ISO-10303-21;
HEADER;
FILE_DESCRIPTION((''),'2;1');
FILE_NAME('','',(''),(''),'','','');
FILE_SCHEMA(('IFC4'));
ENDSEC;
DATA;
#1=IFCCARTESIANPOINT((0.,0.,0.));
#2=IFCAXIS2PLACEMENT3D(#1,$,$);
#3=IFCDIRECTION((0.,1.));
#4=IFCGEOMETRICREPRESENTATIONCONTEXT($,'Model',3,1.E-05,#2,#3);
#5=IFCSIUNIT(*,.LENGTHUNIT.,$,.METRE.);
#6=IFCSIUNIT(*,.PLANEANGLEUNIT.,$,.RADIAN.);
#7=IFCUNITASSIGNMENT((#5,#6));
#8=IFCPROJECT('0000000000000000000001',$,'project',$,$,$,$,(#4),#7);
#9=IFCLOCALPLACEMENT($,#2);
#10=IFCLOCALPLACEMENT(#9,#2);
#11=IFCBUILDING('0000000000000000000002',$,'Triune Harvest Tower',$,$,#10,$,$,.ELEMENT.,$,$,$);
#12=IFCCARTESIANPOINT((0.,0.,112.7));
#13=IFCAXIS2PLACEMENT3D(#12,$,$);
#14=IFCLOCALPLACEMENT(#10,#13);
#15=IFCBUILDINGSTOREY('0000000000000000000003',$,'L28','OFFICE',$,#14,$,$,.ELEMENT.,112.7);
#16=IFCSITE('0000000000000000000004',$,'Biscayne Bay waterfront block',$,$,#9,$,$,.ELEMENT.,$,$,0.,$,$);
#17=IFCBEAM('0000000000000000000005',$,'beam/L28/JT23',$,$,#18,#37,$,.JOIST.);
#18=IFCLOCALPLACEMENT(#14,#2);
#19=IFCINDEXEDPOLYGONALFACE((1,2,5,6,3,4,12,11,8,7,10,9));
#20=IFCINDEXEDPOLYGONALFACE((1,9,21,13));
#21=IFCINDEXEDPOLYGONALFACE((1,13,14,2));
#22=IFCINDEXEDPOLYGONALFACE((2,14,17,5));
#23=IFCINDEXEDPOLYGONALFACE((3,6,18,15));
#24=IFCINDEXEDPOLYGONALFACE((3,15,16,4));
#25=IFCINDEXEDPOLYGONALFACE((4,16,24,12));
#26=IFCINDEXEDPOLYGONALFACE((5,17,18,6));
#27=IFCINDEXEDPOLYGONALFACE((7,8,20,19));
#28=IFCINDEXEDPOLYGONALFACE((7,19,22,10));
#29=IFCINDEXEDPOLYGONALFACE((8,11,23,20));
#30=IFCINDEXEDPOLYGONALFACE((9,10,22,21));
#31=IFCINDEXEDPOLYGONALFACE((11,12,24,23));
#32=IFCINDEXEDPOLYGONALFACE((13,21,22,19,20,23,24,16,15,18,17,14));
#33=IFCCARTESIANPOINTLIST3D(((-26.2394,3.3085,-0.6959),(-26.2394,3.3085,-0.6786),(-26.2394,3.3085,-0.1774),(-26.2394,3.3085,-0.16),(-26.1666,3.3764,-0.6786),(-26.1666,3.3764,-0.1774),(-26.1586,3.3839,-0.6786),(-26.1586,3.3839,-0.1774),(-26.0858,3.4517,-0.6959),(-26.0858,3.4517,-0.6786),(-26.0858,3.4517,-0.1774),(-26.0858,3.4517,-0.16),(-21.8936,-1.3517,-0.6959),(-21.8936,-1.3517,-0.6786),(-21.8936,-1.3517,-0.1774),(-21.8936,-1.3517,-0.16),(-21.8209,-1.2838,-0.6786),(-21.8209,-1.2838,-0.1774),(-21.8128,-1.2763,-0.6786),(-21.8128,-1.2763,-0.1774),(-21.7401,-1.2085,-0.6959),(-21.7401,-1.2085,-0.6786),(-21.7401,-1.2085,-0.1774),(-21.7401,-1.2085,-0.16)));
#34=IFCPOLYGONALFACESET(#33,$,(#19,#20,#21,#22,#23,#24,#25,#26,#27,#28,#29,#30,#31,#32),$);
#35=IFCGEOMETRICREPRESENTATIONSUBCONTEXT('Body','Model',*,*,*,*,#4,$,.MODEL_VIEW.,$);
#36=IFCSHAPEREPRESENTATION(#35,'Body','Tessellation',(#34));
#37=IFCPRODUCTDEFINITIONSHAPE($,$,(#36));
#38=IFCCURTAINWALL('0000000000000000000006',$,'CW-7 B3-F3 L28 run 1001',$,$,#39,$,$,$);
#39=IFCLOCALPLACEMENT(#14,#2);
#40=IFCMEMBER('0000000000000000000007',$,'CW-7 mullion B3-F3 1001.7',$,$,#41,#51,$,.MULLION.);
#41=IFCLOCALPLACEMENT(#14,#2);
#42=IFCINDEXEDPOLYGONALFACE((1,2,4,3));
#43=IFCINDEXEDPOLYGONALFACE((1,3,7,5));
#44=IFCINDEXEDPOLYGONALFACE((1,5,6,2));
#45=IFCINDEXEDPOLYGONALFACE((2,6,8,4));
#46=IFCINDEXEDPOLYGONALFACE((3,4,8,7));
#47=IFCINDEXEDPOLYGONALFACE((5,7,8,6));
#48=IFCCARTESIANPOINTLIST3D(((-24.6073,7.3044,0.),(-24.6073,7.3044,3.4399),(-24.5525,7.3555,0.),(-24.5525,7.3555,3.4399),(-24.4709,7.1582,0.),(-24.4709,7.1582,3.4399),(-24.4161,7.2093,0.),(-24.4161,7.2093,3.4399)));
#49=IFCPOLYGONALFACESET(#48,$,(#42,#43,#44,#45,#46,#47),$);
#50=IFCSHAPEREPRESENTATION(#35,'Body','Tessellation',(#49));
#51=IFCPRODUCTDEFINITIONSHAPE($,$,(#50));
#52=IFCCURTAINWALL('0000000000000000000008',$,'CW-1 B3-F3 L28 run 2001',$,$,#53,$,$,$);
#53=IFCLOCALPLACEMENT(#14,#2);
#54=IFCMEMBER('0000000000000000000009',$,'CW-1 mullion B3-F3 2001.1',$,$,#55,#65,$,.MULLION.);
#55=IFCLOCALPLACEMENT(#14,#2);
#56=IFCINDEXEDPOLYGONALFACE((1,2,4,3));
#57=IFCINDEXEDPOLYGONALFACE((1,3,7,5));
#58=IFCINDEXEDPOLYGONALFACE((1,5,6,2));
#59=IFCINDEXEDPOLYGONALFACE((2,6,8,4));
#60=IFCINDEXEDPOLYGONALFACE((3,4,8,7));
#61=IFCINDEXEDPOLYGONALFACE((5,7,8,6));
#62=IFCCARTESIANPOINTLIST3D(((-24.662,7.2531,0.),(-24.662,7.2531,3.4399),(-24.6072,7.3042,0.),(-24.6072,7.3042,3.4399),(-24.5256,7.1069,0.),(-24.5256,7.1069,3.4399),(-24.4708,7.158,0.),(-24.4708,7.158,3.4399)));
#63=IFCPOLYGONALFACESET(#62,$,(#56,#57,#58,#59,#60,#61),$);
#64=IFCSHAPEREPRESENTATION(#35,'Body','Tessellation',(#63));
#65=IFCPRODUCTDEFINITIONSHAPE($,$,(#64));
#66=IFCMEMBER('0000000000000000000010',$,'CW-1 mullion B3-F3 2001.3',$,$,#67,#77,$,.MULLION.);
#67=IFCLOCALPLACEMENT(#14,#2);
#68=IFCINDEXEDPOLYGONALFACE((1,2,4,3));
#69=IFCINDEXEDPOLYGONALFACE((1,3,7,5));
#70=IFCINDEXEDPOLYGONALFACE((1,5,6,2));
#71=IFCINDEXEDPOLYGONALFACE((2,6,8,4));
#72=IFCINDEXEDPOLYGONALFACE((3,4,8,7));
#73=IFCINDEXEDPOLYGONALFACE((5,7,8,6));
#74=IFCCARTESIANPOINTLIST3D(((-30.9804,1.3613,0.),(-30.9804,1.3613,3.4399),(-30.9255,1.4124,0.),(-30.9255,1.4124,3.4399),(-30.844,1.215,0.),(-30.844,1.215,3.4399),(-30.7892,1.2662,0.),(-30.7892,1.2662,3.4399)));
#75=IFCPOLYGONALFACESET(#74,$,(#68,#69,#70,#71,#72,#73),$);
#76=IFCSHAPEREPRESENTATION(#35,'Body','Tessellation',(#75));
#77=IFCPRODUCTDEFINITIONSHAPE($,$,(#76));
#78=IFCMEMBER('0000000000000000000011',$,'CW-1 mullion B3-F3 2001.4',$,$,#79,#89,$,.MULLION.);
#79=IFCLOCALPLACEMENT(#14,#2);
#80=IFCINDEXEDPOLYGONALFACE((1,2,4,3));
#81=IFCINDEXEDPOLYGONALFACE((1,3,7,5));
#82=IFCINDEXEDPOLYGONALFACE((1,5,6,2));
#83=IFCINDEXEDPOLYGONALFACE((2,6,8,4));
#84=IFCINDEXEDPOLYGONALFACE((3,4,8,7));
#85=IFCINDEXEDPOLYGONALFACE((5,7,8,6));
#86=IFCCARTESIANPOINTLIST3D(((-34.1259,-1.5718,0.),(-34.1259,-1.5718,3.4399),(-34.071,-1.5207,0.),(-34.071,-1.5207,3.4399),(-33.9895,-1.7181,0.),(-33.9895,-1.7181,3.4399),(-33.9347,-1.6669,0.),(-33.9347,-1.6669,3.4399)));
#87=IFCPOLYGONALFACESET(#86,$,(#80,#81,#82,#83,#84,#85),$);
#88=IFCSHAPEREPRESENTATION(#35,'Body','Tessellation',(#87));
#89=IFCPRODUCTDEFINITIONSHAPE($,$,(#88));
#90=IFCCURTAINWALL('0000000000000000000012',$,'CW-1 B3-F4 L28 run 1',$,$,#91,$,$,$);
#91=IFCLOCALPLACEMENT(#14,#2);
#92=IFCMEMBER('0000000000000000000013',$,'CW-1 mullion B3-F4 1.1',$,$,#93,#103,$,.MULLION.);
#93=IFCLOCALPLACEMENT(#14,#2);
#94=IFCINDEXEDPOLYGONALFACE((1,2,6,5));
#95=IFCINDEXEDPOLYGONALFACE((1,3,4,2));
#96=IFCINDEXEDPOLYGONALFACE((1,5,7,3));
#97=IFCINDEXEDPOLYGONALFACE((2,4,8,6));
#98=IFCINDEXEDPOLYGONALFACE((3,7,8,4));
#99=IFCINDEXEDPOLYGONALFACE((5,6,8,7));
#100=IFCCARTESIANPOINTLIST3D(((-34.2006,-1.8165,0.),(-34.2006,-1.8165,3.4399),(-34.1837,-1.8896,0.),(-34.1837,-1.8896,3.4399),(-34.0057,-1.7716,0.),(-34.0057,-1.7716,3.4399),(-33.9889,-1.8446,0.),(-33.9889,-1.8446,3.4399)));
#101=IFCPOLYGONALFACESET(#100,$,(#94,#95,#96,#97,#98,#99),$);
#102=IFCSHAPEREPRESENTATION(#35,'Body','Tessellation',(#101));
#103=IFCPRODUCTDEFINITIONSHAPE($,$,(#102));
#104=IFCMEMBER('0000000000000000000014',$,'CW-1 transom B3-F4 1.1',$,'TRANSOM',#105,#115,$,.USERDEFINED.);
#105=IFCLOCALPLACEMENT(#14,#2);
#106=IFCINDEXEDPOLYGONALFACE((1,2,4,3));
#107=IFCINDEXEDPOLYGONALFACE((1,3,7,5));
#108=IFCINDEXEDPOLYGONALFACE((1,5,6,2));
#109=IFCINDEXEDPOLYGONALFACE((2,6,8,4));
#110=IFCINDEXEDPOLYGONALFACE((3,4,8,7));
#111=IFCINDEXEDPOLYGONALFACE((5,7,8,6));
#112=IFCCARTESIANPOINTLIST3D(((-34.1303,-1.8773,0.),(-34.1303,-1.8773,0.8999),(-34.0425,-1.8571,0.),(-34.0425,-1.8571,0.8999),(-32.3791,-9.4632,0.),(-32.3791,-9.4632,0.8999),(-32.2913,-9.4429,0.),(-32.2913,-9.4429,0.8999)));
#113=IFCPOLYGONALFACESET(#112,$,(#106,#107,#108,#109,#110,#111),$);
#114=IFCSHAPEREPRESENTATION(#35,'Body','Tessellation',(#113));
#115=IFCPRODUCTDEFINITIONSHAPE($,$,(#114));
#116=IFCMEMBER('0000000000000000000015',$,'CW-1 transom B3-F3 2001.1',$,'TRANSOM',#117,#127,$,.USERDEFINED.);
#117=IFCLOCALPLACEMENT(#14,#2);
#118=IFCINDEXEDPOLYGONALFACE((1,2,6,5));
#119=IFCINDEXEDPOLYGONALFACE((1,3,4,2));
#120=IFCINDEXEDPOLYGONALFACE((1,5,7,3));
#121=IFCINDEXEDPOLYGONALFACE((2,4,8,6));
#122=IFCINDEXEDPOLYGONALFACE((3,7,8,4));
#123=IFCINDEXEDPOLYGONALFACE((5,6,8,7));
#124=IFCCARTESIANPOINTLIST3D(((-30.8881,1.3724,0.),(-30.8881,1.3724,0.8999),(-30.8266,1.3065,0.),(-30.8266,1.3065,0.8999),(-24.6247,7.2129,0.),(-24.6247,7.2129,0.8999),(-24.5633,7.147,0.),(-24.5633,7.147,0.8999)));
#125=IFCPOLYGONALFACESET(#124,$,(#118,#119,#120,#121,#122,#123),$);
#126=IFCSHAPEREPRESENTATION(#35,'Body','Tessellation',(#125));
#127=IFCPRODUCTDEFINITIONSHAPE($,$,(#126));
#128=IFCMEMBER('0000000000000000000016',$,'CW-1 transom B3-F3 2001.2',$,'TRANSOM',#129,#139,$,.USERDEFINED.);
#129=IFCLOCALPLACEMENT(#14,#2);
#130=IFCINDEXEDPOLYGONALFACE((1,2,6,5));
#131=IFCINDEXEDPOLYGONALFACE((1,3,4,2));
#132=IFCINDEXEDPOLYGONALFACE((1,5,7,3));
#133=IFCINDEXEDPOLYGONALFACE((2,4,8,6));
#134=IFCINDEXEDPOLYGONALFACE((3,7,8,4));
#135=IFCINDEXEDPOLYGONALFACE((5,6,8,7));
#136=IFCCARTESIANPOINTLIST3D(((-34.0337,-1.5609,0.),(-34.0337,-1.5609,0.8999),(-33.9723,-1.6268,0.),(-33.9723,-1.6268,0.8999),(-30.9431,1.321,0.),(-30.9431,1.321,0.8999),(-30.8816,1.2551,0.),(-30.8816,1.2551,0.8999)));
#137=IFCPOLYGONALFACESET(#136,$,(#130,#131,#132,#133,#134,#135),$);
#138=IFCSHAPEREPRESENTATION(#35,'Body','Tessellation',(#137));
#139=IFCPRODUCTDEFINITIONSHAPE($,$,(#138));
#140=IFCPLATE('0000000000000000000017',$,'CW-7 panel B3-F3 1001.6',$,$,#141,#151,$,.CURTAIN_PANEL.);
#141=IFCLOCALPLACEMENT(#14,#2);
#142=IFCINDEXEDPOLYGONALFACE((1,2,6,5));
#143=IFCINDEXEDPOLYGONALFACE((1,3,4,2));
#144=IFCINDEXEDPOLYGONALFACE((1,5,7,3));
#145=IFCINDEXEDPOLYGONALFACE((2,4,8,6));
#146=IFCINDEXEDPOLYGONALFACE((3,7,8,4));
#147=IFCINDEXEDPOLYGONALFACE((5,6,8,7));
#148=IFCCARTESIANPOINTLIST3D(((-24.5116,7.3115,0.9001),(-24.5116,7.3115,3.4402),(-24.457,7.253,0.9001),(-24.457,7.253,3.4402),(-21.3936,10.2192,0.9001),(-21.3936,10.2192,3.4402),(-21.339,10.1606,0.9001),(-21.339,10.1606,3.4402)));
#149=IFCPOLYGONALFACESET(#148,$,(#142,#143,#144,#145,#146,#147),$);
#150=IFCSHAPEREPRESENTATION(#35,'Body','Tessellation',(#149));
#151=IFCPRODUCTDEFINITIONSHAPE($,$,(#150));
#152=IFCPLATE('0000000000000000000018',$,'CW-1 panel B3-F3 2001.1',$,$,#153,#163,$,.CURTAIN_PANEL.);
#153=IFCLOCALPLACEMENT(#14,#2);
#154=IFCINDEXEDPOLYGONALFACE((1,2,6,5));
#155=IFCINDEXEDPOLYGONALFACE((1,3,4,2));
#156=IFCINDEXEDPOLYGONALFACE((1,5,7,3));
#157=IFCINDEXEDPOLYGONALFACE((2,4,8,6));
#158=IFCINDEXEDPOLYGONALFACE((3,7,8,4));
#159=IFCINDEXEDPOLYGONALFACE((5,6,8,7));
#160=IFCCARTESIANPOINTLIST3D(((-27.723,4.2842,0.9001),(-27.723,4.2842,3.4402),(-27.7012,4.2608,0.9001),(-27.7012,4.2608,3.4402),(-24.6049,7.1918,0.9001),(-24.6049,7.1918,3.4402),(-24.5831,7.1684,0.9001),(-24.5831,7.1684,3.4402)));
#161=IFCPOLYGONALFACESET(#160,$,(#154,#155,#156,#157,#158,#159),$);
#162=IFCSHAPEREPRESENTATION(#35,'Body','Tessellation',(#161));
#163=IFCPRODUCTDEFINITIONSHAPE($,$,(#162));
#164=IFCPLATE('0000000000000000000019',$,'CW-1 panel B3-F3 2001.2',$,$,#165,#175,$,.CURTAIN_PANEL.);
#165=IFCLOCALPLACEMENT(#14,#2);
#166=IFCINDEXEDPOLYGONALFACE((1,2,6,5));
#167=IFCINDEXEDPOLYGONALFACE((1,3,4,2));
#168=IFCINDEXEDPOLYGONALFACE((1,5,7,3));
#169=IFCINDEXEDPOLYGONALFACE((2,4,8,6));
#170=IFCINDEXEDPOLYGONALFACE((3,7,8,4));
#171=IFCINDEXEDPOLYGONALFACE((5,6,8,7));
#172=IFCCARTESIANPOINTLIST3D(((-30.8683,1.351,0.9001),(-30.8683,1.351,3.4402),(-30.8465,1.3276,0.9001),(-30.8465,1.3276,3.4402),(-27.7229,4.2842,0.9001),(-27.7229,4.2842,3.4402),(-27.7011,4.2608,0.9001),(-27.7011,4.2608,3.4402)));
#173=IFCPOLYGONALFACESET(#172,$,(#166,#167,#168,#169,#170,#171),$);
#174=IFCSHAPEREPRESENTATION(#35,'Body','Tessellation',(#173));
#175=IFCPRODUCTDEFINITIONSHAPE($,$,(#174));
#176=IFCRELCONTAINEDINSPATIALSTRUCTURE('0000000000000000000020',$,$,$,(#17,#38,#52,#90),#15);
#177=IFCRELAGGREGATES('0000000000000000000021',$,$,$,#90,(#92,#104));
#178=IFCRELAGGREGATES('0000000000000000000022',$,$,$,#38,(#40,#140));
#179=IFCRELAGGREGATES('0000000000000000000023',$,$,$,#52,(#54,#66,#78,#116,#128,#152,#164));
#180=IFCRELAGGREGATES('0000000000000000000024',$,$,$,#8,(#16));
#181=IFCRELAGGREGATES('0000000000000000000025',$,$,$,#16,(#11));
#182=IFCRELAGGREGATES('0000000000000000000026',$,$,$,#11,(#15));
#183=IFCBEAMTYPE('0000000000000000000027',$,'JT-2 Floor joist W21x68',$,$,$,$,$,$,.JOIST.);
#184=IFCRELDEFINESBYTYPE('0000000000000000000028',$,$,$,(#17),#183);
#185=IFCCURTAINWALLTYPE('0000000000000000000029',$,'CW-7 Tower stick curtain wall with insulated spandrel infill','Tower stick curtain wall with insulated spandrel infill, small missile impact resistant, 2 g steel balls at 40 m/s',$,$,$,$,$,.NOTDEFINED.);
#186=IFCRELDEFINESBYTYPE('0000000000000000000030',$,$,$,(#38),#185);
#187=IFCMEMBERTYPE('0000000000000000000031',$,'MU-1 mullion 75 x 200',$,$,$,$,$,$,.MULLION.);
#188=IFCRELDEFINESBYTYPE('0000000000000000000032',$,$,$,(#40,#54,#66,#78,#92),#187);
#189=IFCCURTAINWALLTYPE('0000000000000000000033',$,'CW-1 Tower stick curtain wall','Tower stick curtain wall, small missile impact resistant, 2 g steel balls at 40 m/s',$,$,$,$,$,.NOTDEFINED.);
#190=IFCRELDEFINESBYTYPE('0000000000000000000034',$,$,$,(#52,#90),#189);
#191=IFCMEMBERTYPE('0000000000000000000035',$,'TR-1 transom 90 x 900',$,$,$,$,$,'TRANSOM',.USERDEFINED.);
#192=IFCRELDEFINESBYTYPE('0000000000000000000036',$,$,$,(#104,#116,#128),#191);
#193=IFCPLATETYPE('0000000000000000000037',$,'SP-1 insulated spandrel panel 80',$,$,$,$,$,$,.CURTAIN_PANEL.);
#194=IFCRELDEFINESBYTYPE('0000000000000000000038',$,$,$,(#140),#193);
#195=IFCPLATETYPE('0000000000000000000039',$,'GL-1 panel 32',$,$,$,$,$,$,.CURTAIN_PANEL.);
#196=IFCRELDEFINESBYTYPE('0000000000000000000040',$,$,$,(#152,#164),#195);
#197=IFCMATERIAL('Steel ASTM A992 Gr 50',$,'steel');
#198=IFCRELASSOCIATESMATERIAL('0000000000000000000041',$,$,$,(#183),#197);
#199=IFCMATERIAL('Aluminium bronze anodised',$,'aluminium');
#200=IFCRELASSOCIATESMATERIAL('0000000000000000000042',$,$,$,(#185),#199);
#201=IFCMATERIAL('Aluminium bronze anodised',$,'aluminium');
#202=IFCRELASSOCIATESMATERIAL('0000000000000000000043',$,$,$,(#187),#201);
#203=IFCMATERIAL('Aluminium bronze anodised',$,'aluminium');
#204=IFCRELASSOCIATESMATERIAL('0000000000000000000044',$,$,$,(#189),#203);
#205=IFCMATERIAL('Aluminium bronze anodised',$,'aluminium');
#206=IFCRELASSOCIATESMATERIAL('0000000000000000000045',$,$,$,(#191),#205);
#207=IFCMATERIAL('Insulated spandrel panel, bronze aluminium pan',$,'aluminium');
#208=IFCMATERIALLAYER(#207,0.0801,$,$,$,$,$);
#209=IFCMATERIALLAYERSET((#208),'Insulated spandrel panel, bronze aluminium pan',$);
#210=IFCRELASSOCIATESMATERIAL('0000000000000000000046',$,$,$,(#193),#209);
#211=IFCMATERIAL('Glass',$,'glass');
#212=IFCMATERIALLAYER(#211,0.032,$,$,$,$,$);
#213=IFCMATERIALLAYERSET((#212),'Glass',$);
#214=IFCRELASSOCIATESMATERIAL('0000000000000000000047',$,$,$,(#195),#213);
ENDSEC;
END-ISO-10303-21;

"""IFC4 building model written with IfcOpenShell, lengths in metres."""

from ifc_helpers import new_model, si_unit, direction, frame, origin, origin_2d, place, context, subcontext, project, spatial, rectangle, i_section, extrude, source, transform, mapped, material, layer, layer_set, material_profile, profile_set, type_object, element, aggregate, save


model = new_model("IFC4")

# Units and contexts
model_context = context("Model", 3, precision=1e-05, world=origin(), true_north=direction((0.0, 1.0)))
body_context = subcontext(model_context, "Body", "Model", "MODEL_VIEW")
ifc_project = project(units=[si_unit("LENGTHUNIT", "METRE"), si_unit("PLANEANGLEUNIT", "RADIAN")], contexts=[model_context])

# Site, building, storey
site_placement = place(None, origin())
site = spatial("IfcSite", under=ifc_project, at=site_placement, Name="Biscayne Bay waterfront block", CompositionType="ELEMENT", RefElevation=0.0)
building_placement = place(site_placement, origin())
building = spatial("IfcBuilding", under=site, at=building_placement, Name="Triune Harvest Tower", CompositionType="ELEMENT")
storey_placement = place(building_placement, frame((0.0, 0.0, 112.7)))
storey = spatial("IfcBuildingStorey", under=building, at=storey_placement, Name="L28", Description="OFFICE", CompositionType="ELEMENT", Elevation=112.7)

# Beam
ifc_material_1 = material(Name="Steel ASTM A992 Gr 50", Category="steel")
ifc_material_profile_1 = material_profile(ifc_material_1, i_section(OverallWidth=0.21, OverallDepth=0.5359, WebThickness=0.011, FlangeThickness=0.0173, at=origin_2d()), Name="W21x68")
ifc_profile_set_1 = profile_set([ifc_material_profile_1], Name="Steel ASTM A992 Gr 50")
beam_type_1 = type_object("IfcBeamType", Name="JT-2 Floor joist W21x68", PredefinedType="JOIST", material=ifc_profile_set_1)
shared_shape_1 = source(origin(), body_context, "Body", "SweptSolid", [
    extrude(i_section(OverallWidth=0.21, OverallDepth=0.5359, WebThickness=0.011, FlangeThickness=0.0173, at=origin_2d()), origin(), (0.0, 0.0, 1.0), 6.3721),
])
beam_1_placement = place(storey_placement, frame((-26.1626, 3.3801, -0.428), z_axis=(0.682001, -0.731351, 0.0), x_axis=(0.731351, 0.682001, 0.0)))
element("IfcBeam", 1, at=beam_1_placement, inside=storey, type_object=beam_type_1, Name="beam/L28/JT23", PredefinedType="JOIST", context=body_context, shape_type="MappedRepresentation", body=[
    mapped(shared_shape_1, transform((0.0, 0.0, 0.0), scale=1.0)),
])

# Curtain wall, member
ifc_material_2 = material(Name="Aluminium bronze anodised", Category="aluminium")
curtain_wall_type_1 = type_object("IfcCurtainWallType", Name="CW-7 Tower stick curtain wall with insulated spandrel infill", Description="Tower stick curtain wall with insulated spandrel infill, small missile impact resistant, 2 g steel balls at 40 m/s", PredefinedType="NOTDEFINED", material=ifc_material_2)
curtain_wall_1_placement = place(storey_placement, origin())
curtain_wall_1 = element("IfcCurtainWall", 2, at=curtain_wall_1_placement, inside=storey, type_object=curtain_wall_type_1, Name="CW-7 B3-F3 L28 run 1001")
ifc_material_3 = material(Name="Aluminium bronze anodised", Category="aluminium")
ifc_material_profile_2 = material_profile(ifc_material_3, rectangle(XDim=0.2, YDim=0.075, at=origin_2d()), Name="MU-1 mullion 75 x 200")
ifc_profile_set_2 = profile_set([ifc_material_profile_2], Name="Aluminium bronze anodised")
member_type_1 = type_object("IfcMemberType", Name="MU-1 mullion 75 x 200", PredefinedType="MULLION", material=ifc_profile_set_2)
shared_shape_2 = source(origin(), body_context, "Body", "SweptSolid", [
    extrude(rectangle(XDim=0.2, YDim=0.075, at=origin_2d()), origin(), (0.0, 0.0, 1.0), 3.4399),
])
member_1_placement = place(storey_placement, frame((-24.5117, 7.2568, 0.0), z_axis=(0.0, 0.0, 1.0), x_axis=(0.681999, -0.731353, 0.0)))
member_1 = element("IfcMember", 3, at=member_1_placement, type_object=member_type_1, Name="CW-7 mullion B3-F3 1001.7", PredefinedType="MULLION", context=body_context, shape_type="MappedRepresentation", body=[
    mapped(shared_shape_2, transform((0.0, 0.0, 0.0), scale=1.0)),
])

# Curtain walls, members
ifc_material_4 = material(Name="Aluminium bronze anodised", Category="aluminium")
curtain_wall_type_2 = type_object("IfcCurtainWallType", Name="CW-1 Tower stick curtain wall", Description="Tower stick curtain wall, small missile impact resistant, 2 g steel balls at 40 m/s", PredefinedType="NOTDEFINED", material=ifc_material_4)
curtain_wall_2_placement = place(storey_placement, origin())
curtain_wall_2 = element("IfcCurtainWall", 4, at=curtain_wall_2_placement, inside=storey, type_object=curtain_wall_type_2, Name="CW-1 B3-F3 L28 run 2001")
member_2_placement = place(storey_placement, frame((-24.5664, 7.2056, 0.0), z_axis=(0.0, 0.0, 1.0), x_axis=(0.681998, -0.731354, 0.0)))
member_2 = element("IfcMember", 5, at=member_2_placement, type_object=member_type_1, Name="CW-1 mullion B3-F3 2001.1", PredefinedType="MULLION", context=body_context, shape_type="MappedRepresentation", body=[
    mapped(shared_shape_2, transform((0.0, 0.0, 0.0), scale=1.0)),
])
member_3_placement = place(storey_placement, frame((-30.8848, 1.3137, 0.0), z_axis=(0.0, 0.0, 1.0), x_axis=(0.681998, -0.731354, 0.0)))
member_3 = element("IfcMember", 6, at=member_3_placement, type_object=member_type_1, Name="CW-1 mullion B3-F3 2001.3", PredefinedType="MULLION", context=body_context, shape_type="MappedRepresentation", body=[
    mapped(shared_shape_2, transform((0.0, 0.0, 0.0), scale=1.0)),
])
member_4_placement = place(storey_placement, frame((-34.0303, -1.6194, 0.0), z_axis=(0.0, 0.0, 1.0), x_axis=(0.681998, -0.731354, 0.0)))
member_4 = element("IfcMember", 7, at=member_4_placement, type_object=member_type_1, Name="CW-1 mullion B3-F3 2001.4", PredefinedType="MULLION", context=body_context, shape_type="MappedRepresentation", body=[
    mapped(shared_shape_2, transform((0.0, 0.0, 0.0), scale=1.0)),
])
curtain_wall_3_placement = place(storey_placement, origin())
curtain_wall_3 = element("IfcCurtainWall", 8, at=curtain_wall_3_placement, inside=storey, type_object=curtain_wall_type_2, Name="CW-1 B3-F4 L28 run 1")
member_5_placement = place(storey_placement, frame((-34.0947, -1.8306, 0.0), z_axis=(0.0, 0.0, 1.0), x_axis=(0.974371, 0.224947, 0.0)))
member_5 = element("IfcMember", 9, at=member_5_placement, type_object=member_type_1, Name="CW-1 mullion B3-F4 1.1", PredefinedType="MULLION", context=body_context, shape_type="MappedRepresentation", body=[
    mapped(shared_shape_2, transform((0.0, 0.0, 0.0), scale=1.0)),
])
ifc_material_5 = material(Name="Aluminium bronze anodised", Category="aluminium")
ifc_material_profile_3 = material_profile(ifc_material_5, rectangle(XDim=0.0901, YDim=0.8999, at=origin_2d()), Name="TR-1 transom 90 x 900")
ifc_profile_set_3 = profile_set([ifc_material_profile_3], Name="Aluminium bronze anodised")
member_type_2 = type_object("IfcMemberType", Name="TR-1 transom 90 x 900", ElementType="TRANSOM", PredefinedType="USERDEFINED", material=ifc_profile_set_3)
shared_shape_3 = source(origin(), body_context, "Body", "SweptSolid", [
    extrude(rectangle(XDim=0.0901, YDim=0.8999, at=origin_2d()), origin(), (0.0, 0.0, 1.0), 7.7854),
])
member_6_placement = place(storey_placement, frame((-34.0864, -1.8672, 0.45), z_axis=(0.224935, -0.974374, 0.0), x_axis=(0.974374, 0.224935, 0.0)))
member_6 = element("IfcMember", 10, at=member_6_placement, type_object=member_type_2, Name="CW-1 transom B3-F4 1.1", ObjectType="TRANSOM", PredefinedType="USERDEFINED", context=body_context, shape_type="MappedRepresentation", body=[
    mapped(shared_shape_3, transform((0.0, 0.0, 0.0), scale=1.0)),
])
aggregate(curtain_wall_3, [member_5, member_6])

# Members
shared_shape_4 = source(origin(), body_context, "Body", "SweptSolid", [
    extrude(rectangle(XDim=0.0901, YDim=0.8999, at=origin_2d()), origin(), (0.0, 0.0, 1.0), 8.564),
])
member_7_placement = place(storey_placement, frame((-24.594, 7.1799, 0.45), z_axis=(-0.731363, -0.681988, 0.0), x_axis=(0.681988, -0.731363, 0.0)))
member_7 = element("IfcMember", 11, at=member_7_placement, type_object=member_type_2, Name="CW-1 transom B3-F3 2001.1", ObjectType="TRANSOM", PredefinedType="USERDEFINED", context=body_context, shape_type="MappedRepresentation", body=[
    mapped(shared_shape_4, transform((0.0, 0.0, 0.0), scale=1.0)),
])
shared_shape_5 = source(origin(), body_context, "Body", "SweptSolid", [
    extrude(rectangle(XDim=0.0901, YDim=0.8999, at=origin_2d()), origin(), (0.0, 0.0, 1.0), 4.2258),
])
member_8_placement = place(storey_placement, frame((-30.9124, 1.2881, 0.45), z_axis=(-0.731374, -0.681976, 0.0), x_axis=(0.681976, -0.731374, 0.0)))
member_8 = element("IfcMember", 12, at=member_8_placement, type_object=member_type_2, Name="CW-1 transom B3-F3 2001.2", ObjectType="TRANSOM", PredefinedType="USERDEFINED", context=body_context, shape_type="MappedRepresentation", body=[
    mapped(shared_shape_5, transform((0.0, 0.0, 0.0), scale=1.0)),
])

# Plates
ifc_material_6 = material(Name="Insulated spandrel panel, bronze aluminium pan", Category="aluminium")
ifc_layer_1 = layer(ifc_material_6, 0.0801)
ifc_layer_set_1 = layer_set([ifc_layer_1], Name="Insulated spandrel panel, bronze aluminium pan")
plate_type_1 = type_object("IfcPlateType", Name="SP-1 insulated spandrel panel 80", PredefinedType="CURTAIN_PANEL", material=ifc_layer_set_1)
shared_shape_6 = source(origin(), body_context, "Body", "SweptSolid", [
    extrude(rectangle(XDim=4.2634, YDim=0.0801, at=origin_2d()), origin(), (0.0, 0.0, 1.0), 2.54),
])
plate_1_placement = place(storey_placement, frame((-22.9253, 8.7361, 0.9001), z_axis=(0.0, 0.0, 1.0), x_axis=(-0.731353, -0.681999, 0.0)))
plate_1 = element("IfcPlate", 13, at=plate_1_placement, type_object=plate_type_1, Name="CW-7 panel B3-F3 1001.6", PredefinedType="CURTAIN_PANEL", context=body_context, shape_type="MappedRepresentation", body=[
    mapped(shared_shape_6, transform((0.0, 0.0, 0.0), scale=1.0)),
])
aggregate(curtain_wall_1, [member_1, plate_1])
ifc_material_7 = material(Name="Glass", Category="glass")
ifc_layer_2 = layer(ifc_material_7, 0.032)
ifc_layer_set_2 = layer_set([ifc_layer_2], Name="Glass")
plate_type_2 = type_object("IfcPlateType", Name="GL-1 panel 32", PredefinedType="CURTAIN_PANEL", material=ifc_layer_set_2)
shared_shape_7 = source(origin(), body_context, "Body", "SweptSolid", [
    extrude(rectangle(XDim=4.2634, YDim=0.032, at=origin_2d()), origin(), (0.0, 0.0, 1.0), 2.54),
])
plate_2_placement = place(storey_placement, frame((-26.1531, 5.7263, 0.9001), z_axis=(0.0, 0.0, 1.0), x_axis=(-0.731354, -0.681998, 0.0)))
plate_2 = element("IfcPlate", 14, at=plate_2_placement, type_object=plate_type_2, Name="CW-1 panel B3-F3 2001.1", PredefinedType="CURTAIN_PANEL", context=body_context, shape_type="MappedRepresentation", body=[
    mapped(shared_shape_7, transform((0.0, 0.0, 0.0), scale=1.0)),
])
shared_shape_8 = source(origin(), body_context, "Body", "SweptSolid", [
    extrude(rectangle(XDim=4.3008, YDim=0.032, at=origin_2d()), origin(), (0.0, 0.0, 1.0), 2.54),
])
plate_3_placement = place(storey_placement, frame((-29.2847, 2.8059, 0.9001), z_axis=(0.0, 0.0, 1.0), x_axis=(-0.731354, -0.681998, 0.0)))
plate_3 = element("IfcPlate", 15, at=plate_3_placement, type_object=plate_type_2, Name="CW-1 panel B3-F3 2001.2", PredefinedType="CURTAIN_PANEL", context=body_context, shape_type="MappedRepresentation", body=[
    mapped(shared_shape_8, transform((0.0, 0.0, 0.0), scale=1.0)),
])
aggregate(curtain_wall_2, [member_2, member_3, member_4, member_7, member_8, plate_2, plate_3])

save(model, "model.ifc")
